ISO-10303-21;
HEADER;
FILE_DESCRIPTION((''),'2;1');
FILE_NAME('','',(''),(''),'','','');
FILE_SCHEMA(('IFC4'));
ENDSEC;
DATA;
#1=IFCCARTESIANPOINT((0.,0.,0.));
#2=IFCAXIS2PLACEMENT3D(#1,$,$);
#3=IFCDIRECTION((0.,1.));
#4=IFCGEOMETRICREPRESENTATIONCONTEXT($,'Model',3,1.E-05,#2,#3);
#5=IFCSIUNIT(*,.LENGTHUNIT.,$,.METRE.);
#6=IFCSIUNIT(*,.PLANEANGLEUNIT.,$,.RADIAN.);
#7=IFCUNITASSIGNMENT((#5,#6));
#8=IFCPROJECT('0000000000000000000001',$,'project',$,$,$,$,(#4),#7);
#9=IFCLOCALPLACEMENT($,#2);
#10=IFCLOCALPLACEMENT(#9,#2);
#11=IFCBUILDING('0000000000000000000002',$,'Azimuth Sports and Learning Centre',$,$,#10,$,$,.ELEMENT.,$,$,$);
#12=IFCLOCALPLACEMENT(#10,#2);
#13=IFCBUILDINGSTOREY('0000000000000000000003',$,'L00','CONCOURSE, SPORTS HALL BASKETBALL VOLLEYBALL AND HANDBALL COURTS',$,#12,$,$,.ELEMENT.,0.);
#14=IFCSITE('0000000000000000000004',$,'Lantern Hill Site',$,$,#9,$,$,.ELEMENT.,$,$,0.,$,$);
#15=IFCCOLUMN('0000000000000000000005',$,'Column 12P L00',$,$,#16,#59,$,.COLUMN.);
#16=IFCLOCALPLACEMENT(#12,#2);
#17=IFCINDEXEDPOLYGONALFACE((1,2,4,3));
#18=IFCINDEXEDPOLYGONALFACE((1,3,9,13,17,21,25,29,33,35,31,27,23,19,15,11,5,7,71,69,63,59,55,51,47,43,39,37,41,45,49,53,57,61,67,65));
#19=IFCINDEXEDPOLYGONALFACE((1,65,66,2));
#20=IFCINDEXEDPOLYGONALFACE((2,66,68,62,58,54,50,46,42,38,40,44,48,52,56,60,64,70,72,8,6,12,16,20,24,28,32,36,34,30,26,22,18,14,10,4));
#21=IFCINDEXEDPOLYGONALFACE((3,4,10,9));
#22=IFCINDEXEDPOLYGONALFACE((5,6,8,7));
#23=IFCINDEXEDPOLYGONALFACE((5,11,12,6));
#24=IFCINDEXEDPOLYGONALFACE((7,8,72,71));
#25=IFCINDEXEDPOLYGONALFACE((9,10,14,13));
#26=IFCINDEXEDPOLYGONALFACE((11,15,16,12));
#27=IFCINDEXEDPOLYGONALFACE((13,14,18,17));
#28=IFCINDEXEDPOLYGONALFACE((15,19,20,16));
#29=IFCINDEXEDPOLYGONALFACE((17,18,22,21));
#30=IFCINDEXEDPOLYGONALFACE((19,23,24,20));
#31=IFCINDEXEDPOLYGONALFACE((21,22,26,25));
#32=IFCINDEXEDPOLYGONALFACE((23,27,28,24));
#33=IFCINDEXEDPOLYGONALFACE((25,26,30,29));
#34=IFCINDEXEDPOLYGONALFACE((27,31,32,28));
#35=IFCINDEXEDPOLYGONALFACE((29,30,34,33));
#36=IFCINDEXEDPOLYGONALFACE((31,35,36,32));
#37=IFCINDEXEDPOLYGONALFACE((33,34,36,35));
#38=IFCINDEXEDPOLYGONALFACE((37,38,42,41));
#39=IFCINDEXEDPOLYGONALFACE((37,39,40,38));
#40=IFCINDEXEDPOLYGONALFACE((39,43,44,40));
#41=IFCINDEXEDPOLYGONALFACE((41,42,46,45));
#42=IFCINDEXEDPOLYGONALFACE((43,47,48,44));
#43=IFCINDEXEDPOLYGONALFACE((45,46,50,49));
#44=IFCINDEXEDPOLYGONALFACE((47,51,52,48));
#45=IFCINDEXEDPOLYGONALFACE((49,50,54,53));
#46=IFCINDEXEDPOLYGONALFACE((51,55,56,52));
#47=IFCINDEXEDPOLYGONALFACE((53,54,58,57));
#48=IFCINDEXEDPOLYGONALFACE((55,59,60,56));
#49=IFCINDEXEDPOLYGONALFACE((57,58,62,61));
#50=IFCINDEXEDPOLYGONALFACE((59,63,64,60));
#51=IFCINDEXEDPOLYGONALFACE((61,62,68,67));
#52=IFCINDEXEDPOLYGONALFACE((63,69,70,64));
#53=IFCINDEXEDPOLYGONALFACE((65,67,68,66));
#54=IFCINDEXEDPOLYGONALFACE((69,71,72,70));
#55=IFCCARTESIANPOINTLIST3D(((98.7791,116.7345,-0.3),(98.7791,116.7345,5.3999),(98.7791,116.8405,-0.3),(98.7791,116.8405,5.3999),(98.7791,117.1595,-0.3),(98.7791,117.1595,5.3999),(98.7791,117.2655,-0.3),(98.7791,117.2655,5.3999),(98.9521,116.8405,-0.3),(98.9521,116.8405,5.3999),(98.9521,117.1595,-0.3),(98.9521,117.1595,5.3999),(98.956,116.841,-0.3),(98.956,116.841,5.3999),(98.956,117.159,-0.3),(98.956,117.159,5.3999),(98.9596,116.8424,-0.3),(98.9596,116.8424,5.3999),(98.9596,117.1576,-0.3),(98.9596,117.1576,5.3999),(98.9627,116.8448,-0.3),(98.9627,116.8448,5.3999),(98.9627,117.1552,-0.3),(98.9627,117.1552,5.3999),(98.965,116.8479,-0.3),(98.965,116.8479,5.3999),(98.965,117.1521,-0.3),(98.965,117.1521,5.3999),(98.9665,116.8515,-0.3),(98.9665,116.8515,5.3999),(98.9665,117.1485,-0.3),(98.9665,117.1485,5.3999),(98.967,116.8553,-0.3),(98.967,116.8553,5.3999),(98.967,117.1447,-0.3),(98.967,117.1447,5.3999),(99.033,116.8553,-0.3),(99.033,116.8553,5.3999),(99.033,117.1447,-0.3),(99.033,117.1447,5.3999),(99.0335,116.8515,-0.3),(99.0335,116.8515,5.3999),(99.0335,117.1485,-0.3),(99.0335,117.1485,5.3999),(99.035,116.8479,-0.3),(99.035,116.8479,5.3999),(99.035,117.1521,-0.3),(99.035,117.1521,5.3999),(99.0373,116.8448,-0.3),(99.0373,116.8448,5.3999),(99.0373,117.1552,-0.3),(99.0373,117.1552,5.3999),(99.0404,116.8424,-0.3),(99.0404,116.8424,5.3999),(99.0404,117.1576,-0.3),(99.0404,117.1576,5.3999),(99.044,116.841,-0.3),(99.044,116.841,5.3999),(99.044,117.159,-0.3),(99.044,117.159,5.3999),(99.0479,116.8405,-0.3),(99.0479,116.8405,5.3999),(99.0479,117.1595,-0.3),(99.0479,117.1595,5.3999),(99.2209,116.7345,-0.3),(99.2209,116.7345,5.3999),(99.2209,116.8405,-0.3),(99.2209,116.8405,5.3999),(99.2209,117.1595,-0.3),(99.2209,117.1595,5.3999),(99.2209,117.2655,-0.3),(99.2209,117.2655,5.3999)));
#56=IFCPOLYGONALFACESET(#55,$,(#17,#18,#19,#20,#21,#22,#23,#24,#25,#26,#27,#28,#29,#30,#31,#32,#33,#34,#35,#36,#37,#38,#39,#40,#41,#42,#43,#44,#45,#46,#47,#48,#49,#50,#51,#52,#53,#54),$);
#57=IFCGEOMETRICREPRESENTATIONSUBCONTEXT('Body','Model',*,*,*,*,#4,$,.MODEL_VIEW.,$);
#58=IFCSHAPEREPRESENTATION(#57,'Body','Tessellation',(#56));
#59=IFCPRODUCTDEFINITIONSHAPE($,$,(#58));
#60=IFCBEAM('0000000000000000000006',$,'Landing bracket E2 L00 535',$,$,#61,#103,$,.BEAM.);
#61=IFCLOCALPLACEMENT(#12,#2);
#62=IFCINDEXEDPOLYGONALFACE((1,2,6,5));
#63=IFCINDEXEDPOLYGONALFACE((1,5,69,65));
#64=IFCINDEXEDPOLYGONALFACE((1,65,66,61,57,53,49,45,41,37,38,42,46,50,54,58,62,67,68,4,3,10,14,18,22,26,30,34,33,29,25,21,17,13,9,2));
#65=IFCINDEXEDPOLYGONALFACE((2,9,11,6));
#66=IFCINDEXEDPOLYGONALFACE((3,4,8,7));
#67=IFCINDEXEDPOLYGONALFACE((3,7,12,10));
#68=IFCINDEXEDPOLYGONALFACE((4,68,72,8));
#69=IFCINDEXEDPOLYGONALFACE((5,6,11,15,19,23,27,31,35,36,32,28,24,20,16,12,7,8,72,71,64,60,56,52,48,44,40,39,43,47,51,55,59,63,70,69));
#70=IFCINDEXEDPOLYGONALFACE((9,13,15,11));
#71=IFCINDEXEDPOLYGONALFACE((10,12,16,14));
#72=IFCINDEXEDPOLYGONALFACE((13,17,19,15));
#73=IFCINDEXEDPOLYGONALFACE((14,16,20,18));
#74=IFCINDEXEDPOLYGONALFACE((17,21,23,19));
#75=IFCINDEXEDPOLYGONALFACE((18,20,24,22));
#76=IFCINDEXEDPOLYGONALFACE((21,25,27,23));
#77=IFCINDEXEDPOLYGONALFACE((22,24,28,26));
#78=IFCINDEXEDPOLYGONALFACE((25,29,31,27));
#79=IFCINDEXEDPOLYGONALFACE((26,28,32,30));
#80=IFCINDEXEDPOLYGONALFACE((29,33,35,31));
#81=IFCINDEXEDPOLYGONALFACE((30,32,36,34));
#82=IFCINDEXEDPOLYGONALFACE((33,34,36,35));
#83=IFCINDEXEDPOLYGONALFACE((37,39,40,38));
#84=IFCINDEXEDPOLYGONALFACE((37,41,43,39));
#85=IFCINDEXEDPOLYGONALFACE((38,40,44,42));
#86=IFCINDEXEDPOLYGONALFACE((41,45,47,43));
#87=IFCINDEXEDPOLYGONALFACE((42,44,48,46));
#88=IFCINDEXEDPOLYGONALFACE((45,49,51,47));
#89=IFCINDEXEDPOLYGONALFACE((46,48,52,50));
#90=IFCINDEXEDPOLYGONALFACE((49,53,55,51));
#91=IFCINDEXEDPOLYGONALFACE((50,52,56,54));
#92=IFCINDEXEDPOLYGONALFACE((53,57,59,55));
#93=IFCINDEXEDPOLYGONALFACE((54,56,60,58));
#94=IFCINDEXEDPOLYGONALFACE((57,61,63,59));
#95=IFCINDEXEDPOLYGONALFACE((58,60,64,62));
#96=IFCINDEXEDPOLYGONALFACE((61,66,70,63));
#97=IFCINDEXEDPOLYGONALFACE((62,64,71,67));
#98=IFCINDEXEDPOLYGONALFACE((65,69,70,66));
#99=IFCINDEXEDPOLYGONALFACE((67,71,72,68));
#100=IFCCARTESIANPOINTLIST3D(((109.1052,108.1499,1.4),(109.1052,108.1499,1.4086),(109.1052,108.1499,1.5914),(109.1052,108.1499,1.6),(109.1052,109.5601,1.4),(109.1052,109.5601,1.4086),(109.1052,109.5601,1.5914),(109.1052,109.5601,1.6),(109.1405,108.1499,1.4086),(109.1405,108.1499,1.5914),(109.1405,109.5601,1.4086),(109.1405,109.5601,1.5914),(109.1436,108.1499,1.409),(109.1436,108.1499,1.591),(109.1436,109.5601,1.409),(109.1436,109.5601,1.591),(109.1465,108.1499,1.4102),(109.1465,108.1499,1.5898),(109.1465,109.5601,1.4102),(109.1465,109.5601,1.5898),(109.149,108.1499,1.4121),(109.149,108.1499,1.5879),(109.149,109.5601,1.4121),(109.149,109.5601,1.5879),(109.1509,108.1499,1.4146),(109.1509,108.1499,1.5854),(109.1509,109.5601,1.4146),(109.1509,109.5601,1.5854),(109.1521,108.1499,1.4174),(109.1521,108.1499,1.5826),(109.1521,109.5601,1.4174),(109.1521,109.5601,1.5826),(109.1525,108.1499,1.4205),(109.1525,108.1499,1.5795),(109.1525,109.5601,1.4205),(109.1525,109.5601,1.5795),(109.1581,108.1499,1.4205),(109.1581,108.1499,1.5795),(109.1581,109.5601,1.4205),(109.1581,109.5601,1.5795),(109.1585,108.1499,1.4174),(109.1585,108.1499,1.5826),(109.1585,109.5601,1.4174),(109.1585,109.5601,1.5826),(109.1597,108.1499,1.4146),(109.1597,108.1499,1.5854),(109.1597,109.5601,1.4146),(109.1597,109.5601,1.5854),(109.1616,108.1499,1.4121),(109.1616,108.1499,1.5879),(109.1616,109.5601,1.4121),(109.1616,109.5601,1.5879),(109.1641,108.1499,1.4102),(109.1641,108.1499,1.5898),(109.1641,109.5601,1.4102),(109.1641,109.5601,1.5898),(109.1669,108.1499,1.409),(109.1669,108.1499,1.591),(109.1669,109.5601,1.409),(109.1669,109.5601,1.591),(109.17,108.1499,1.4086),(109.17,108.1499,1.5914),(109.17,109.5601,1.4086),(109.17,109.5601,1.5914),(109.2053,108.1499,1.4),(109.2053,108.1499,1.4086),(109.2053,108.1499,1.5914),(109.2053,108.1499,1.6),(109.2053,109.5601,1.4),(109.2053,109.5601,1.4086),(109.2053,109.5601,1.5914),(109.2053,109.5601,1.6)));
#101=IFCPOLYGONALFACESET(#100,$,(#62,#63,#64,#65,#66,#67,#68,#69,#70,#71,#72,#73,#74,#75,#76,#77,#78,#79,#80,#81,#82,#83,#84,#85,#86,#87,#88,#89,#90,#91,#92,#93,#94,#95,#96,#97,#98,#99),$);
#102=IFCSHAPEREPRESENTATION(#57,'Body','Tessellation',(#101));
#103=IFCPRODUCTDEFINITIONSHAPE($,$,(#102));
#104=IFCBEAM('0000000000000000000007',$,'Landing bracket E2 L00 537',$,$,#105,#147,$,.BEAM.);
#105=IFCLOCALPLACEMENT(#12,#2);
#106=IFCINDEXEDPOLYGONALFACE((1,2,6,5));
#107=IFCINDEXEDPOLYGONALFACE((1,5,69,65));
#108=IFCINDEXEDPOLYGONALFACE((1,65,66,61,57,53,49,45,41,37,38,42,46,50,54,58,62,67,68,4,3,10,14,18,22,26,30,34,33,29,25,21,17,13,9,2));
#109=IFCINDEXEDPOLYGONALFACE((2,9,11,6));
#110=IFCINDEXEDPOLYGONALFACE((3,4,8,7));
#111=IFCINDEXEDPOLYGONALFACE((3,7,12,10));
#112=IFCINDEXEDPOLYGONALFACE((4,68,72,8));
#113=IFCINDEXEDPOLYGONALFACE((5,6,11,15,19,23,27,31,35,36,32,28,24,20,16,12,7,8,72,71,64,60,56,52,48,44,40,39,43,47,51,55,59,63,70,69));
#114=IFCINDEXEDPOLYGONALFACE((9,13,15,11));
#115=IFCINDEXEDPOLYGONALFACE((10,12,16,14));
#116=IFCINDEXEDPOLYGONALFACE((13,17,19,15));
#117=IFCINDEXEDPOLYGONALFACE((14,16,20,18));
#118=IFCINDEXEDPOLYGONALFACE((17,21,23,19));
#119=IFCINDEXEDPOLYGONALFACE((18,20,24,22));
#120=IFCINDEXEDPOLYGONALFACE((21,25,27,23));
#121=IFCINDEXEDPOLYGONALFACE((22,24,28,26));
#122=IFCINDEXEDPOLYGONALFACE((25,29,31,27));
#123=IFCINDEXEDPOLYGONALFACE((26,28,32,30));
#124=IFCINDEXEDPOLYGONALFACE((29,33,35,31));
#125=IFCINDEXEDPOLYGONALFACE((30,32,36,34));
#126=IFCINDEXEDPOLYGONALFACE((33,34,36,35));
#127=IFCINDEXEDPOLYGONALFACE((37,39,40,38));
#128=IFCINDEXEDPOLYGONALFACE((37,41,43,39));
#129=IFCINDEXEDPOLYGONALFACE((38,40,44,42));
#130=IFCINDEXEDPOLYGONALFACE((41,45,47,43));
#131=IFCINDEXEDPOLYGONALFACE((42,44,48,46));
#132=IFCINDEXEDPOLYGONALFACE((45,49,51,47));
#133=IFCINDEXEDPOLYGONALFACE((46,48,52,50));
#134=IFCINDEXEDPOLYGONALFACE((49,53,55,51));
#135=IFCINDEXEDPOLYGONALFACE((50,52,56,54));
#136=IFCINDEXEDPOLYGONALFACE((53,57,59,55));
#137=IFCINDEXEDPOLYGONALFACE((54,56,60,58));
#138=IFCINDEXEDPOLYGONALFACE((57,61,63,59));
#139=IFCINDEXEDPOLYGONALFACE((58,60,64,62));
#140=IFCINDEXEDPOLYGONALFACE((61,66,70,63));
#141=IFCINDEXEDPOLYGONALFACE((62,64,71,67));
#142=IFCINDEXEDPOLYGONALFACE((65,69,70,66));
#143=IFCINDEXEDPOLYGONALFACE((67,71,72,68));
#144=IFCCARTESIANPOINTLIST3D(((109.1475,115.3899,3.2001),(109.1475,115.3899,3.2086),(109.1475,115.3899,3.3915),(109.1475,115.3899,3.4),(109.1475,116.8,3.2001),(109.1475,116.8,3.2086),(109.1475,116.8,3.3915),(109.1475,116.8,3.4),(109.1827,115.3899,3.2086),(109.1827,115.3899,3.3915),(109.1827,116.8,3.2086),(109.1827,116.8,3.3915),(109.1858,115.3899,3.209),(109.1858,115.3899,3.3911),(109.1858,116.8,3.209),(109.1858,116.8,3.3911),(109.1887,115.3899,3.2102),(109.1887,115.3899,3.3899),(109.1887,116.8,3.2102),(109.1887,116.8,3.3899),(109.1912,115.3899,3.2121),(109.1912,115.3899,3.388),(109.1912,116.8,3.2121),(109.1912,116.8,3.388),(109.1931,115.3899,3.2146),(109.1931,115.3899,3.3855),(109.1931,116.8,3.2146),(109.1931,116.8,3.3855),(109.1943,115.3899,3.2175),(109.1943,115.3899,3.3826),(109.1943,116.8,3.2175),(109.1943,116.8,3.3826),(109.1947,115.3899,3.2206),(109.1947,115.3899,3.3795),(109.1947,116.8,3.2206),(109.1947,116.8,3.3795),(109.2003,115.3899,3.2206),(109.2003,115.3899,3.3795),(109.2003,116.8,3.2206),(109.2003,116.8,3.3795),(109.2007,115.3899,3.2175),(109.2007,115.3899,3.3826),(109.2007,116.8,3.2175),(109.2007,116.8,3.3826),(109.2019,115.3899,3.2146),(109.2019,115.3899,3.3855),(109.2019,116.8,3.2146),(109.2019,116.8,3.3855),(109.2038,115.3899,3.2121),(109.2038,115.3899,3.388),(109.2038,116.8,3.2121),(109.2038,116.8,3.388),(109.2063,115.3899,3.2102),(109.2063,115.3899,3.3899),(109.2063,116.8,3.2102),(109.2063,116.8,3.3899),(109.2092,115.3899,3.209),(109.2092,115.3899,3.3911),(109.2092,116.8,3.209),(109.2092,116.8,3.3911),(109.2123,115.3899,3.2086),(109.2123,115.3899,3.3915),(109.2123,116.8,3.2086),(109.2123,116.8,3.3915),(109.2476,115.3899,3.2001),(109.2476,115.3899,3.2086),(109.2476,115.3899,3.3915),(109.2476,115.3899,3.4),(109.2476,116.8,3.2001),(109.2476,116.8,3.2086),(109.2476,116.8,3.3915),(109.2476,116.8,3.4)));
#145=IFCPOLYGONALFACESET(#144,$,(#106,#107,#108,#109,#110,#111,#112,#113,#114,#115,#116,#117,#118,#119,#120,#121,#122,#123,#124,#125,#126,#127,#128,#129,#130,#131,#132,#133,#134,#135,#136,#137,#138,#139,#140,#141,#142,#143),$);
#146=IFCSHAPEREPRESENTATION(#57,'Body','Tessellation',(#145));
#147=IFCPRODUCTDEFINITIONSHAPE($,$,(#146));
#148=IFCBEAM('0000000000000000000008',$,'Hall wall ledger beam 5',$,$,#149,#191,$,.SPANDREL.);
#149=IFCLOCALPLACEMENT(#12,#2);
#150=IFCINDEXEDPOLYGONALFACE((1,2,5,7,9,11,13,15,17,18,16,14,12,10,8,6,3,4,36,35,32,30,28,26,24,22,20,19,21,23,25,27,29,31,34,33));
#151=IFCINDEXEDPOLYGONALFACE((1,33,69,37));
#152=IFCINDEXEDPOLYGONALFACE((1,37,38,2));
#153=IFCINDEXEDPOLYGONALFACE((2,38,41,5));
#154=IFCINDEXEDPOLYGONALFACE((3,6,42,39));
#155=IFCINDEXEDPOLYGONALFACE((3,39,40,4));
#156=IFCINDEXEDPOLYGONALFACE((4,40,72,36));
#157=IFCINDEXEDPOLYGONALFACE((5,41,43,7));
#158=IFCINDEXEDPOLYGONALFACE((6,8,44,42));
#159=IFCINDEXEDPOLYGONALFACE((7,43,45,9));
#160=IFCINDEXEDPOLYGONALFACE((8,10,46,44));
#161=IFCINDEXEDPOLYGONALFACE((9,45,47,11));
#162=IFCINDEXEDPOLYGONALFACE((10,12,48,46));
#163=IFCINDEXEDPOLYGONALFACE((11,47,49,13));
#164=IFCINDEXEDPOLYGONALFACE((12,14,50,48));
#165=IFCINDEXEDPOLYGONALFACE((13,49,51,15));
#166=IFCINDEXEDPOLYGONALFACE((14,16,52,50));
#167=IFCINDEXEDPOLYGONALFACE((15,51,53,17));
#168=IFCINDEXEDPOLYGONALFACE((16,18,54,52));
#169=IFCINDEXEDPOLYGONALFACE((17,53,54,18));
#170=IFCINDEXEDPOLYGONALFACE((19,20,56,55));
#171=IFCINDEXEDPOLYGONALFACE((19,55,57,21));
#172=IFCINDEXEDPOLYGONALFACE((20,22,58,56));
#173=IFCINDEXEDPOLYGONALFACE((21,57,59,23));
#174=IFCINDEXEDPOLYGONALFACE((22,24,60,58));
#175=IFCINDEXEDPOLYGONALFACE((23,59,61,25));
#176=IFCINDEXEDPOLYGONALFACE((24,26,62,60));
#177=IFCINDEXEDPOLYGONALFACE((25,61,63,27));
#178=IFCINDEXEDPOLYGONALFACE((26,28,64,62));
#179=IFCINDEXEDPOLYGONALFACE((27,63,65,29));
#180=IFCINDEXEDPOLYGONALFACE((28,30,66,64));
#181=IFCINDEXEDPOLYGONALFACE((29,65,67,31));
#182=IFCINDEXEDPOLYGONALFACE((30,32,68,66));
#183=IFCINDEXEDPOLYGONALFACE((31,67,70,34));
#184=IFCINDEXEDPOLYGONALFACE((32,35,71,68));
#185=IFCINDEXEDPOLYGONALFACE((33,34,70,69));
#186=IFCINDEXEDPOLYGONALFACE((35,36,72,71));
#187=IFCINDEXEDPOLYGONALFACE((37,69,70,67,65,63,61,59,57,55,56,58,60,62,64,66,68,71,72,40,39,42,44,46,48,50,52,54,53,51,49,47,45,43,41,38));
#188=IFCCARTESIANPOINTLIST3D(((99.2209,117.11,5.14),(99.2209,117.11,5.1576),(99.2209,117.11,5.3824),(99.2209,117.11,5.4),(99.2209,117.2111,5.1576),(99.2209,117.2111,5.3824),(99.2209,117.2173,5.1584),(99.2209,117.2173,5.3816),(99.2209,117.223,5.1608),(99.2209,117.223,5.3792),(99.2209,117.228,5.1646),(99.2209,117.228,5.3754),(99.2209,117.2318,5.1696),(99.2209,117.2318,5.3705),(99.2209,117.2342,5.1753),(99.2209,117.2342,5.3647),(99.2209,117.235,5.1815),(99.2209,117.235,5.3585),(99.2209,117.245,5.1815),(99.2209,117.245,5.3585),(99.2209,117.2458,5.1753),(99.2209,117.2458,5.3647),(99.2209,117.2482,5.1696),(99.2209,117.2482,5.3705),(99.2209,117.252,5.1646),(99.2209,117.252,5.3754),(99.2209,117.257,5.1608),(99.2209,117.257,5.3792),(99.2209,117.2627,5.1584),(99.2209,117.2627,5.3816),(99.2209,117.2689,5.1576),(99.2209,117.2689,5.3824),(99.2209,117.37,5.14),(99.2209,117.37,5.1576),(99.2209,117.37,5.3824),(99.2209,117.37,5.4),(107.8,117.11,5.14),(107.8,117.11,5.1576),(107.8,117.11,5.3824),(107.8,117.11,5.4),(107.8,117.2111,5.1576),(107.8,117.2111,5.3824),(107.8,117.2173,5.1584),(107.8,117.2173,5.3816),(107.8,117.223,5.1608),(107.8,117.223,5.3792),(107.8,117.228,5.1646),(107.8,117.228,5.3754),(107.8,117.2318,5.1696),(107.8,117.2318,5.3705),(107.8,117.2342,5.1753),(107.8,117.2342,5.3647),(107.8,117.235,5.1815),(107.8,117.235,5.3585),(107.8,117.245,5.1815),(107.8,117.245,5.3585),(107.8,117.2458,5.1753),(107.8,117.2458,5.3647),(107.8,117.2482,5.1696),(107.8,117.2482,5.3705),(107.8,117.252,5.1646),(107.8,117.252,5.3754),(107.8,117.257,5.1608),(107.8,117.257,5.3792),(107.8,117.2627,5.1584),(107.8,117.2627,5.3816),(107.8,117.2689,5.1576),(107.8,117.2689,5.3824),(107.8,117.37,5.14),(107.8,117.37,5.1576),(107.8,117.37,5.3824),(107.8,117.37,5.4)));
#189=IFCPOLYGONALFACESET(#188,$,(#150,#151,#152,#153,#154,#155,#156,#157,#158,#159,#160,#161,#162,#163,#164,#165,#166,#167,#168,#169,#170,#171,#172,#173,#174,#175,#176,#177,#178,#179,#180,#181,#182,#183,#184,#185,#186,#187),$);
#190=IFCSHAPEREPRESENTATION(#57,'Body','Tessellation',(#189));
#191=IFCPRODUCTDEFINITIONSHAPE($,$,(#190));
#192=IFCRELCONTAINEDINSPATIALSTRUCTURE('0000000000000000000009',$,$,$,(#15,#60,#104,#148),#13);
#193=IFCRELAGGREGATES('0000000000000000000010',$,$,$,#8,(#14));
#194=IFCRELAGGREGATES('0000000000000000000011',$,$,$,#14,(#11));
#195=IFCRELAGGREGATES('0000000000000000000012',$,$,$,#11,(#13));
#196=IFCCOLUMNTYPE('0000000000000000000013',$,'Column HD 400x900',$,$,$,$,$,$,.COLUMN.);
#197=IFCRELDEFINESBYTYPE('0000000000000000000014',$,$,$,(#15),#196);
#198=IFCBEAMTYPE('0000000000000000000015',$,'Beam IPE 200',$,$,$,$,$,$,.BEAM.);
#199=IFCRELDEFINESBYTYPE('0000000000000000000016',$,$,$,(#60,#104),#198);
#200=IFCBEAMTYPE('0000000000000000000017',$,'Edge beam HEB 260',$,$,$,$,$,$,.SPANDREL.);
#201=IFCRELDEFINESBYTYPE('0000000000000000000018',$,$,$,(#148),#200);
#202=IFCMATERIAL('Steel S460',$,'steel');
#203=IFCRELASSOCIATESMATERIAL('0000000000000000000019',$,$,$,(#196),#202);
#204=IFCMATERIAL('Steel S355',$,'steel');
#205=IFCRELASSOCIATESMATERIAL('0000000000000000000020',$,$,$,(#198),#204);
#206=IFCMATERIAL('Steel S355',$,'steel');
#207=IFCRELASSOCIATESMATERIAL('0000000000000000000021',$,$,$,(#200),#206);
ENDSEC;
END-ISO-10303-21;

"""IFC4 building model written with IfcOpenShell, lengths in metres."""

from ifc_helpers import new_model, si_unit, direction, frame, origin, origin_2d, place, context, subcontext, project, spatial, i_section, extrude, material, material_profile, profile_set, type_object, element, save


model = new_model("IFC4")

# Units and contexts
model_context = context("Model", 3, precision=1e-05, world=origin(), true_north=direction((0.0, 1.0)))
body_context = subcontext(model_context, "Body", "Model", "MODEL_VIEW")
ifc_project = project(units=[si_unit("LENGTHUNIT", "METRE"), si_unit("PLANEANGLEUNIT", "RADIAN")], contexts=[model_context])

# Site, building, storey
site_placement = place(None, origin())
site = spatial("IfcSite", under=ifc_project, at=site_placement, Name="Lantern Hill Site", CompositionType="ELEMENT", RefElevation=0.0)
building_placement = place(site_placement, origin())
building = spatial("IfcBuilding", under=site, at=building_placement, Name="Azimuth Sports and Learning Centre", CompositionType="ELEMENT")
storey_placement = place(building_placement, origin())
storey = spatial("IfcBuildingStorey", under=building, at=storey_placement, Name="L00", Description="CONCOURSE, SPORTS HALL BASKETBALL VOLLEYBALL AND HANDBALL COURTS", CompositionType="ELEMENT", Elevation=0.0)

# Column
ifc_material_1 = material(Name="Steel S460", Category="steel")
ifc_material_profile_1 = material_profile(ifc_material_1, i_section(OverallWidth=0.4419, OverallDepth=0.531, WebThickness=0.0659, FlangeThickness=0.106, FilletRadius=0.0149, at=origin_2d()), Name="HD 400x900")
ifc_profile_set_1 = profile_set([ifc_material_profile_1], Name="Steel S460")
column_type = type_object("IfcColumnType", Name="Column HD 400x900", PredefinedType="COLUMN", material=ifc_profile_set_1)
column_placement = place(storey_placement, frame((99.0, 117.0, -0.3), z_axis=(0.0, 0.0, 1.0), x_axis=(1.0, 0.0, 0.0)))
element("IfcColumn", 1, at=column_placement, inside=storey, type_object=column_type, Name="Column 12P L00", PredefinedType="COLUMN", context=body_context, shape_type="SweptSolid", body=[
    extrude(i_section(OverallWidth=0.4419, OverallDepth=0.531, WebThickness=0.0659, FlangeThickness=0.106, FilletRadius=0.0149, at=origin_2d()), origin(), (0.0, 0.0, 1.0), 5.7),
])

# Beams
ifc_material_2 = material(Name="Steel S355", Category="steel")
ifc_material_profile_2 = material_profile(ifc_material_2, i_section(OverallWidth=0.1001, OverallDepth=0.2, WebThickness=0.0056, FlangeThickness=0.0085, FilletRadius=0.012, at=origin_2d()), Name="IPE 200")
ifc_profile_set_2 = profile_set([ifc_material_profile_2], Name="Steel S355")
beam_type_1 = type_object("IfcBeamType", Name="Beam IPE 200", PredefinedType="BEAM", material=ifc_profile_set_2)
for number, where, z_axis, x_axis, name in (
    (2, (109.1553, 108.1499, 1.5), (0.0, 1.0, 0.0), (-1.0, 0.0, 0.0), "Landing bracket E2 L00 535"),
    (3, (109.1975, 116.8, 3.3), (0.0, -1.0, 0.0), (1.0, 0.0, 0.0), "Landing bracket E2 L00 537"),
):
    element("IfcBeam", number, at=place(storey_placement, frame(where, z_axis=z_axis, x_axis=x_axis)), inside=storey, type_object=beam_type_1, Name=name, PredefinedType="BEAM", context=body_context, shape_type="SweptSolid", body=[
        extrude(i_section(OverallWidth=0.1001, OverallDepth=0.2, WebThickness=0.0056, FlangeThickness=0.0085, FilletRadius=0.012, at=origin_2d()), origin(), (0.0, 0.0, 1.0), 1.4102),
    ])
ifc_material_3 = material(Name="Steel S355", Category="steel")
ifc_material_profile_3 = material_profile(ifc_material_3, i_section(OverallWidth=0.26, OverallDepth=0.26, WebThickness=0.01, FlangeThickness=0.0176, FilletRadius=0.0239, at=origin_2d()), Name="HEB 260")
ifc_profile_set_3 = profile_set([ifc_material_profile_3], Name="Steel S355")
beam_type_2 = type_object("IfcBeamType", Name="Edge beam HEB 260", PredefinedType="SPANDREL", material=ifc_profile_set_3)
beam_placement = place(storey_placement, frame((99.2209, 117.24, 5.27), z_axis=(1.0, 0.0, 0.0), x_axis=(0.0, 1.0, 0.0)))
element("IfcBeam", 4, at=beam_placement, inside=storey, type_object=beam_type_2, Name="Hall wall ledger beam 5", PredefinedType="SPANDREL", context=body_context, shape_type="SweptSolid", body=[
    extrude(i_section(OverallWidth=0.26, OverallDepth=0.26, WebThickness=0.01, FlangeThickness=0.0176, FilletRadius=0.0239, at=origin_2d()), origin(), (0.0, 0.0, 1.0), 8.5791),
])

save(model, "model.ifc")
